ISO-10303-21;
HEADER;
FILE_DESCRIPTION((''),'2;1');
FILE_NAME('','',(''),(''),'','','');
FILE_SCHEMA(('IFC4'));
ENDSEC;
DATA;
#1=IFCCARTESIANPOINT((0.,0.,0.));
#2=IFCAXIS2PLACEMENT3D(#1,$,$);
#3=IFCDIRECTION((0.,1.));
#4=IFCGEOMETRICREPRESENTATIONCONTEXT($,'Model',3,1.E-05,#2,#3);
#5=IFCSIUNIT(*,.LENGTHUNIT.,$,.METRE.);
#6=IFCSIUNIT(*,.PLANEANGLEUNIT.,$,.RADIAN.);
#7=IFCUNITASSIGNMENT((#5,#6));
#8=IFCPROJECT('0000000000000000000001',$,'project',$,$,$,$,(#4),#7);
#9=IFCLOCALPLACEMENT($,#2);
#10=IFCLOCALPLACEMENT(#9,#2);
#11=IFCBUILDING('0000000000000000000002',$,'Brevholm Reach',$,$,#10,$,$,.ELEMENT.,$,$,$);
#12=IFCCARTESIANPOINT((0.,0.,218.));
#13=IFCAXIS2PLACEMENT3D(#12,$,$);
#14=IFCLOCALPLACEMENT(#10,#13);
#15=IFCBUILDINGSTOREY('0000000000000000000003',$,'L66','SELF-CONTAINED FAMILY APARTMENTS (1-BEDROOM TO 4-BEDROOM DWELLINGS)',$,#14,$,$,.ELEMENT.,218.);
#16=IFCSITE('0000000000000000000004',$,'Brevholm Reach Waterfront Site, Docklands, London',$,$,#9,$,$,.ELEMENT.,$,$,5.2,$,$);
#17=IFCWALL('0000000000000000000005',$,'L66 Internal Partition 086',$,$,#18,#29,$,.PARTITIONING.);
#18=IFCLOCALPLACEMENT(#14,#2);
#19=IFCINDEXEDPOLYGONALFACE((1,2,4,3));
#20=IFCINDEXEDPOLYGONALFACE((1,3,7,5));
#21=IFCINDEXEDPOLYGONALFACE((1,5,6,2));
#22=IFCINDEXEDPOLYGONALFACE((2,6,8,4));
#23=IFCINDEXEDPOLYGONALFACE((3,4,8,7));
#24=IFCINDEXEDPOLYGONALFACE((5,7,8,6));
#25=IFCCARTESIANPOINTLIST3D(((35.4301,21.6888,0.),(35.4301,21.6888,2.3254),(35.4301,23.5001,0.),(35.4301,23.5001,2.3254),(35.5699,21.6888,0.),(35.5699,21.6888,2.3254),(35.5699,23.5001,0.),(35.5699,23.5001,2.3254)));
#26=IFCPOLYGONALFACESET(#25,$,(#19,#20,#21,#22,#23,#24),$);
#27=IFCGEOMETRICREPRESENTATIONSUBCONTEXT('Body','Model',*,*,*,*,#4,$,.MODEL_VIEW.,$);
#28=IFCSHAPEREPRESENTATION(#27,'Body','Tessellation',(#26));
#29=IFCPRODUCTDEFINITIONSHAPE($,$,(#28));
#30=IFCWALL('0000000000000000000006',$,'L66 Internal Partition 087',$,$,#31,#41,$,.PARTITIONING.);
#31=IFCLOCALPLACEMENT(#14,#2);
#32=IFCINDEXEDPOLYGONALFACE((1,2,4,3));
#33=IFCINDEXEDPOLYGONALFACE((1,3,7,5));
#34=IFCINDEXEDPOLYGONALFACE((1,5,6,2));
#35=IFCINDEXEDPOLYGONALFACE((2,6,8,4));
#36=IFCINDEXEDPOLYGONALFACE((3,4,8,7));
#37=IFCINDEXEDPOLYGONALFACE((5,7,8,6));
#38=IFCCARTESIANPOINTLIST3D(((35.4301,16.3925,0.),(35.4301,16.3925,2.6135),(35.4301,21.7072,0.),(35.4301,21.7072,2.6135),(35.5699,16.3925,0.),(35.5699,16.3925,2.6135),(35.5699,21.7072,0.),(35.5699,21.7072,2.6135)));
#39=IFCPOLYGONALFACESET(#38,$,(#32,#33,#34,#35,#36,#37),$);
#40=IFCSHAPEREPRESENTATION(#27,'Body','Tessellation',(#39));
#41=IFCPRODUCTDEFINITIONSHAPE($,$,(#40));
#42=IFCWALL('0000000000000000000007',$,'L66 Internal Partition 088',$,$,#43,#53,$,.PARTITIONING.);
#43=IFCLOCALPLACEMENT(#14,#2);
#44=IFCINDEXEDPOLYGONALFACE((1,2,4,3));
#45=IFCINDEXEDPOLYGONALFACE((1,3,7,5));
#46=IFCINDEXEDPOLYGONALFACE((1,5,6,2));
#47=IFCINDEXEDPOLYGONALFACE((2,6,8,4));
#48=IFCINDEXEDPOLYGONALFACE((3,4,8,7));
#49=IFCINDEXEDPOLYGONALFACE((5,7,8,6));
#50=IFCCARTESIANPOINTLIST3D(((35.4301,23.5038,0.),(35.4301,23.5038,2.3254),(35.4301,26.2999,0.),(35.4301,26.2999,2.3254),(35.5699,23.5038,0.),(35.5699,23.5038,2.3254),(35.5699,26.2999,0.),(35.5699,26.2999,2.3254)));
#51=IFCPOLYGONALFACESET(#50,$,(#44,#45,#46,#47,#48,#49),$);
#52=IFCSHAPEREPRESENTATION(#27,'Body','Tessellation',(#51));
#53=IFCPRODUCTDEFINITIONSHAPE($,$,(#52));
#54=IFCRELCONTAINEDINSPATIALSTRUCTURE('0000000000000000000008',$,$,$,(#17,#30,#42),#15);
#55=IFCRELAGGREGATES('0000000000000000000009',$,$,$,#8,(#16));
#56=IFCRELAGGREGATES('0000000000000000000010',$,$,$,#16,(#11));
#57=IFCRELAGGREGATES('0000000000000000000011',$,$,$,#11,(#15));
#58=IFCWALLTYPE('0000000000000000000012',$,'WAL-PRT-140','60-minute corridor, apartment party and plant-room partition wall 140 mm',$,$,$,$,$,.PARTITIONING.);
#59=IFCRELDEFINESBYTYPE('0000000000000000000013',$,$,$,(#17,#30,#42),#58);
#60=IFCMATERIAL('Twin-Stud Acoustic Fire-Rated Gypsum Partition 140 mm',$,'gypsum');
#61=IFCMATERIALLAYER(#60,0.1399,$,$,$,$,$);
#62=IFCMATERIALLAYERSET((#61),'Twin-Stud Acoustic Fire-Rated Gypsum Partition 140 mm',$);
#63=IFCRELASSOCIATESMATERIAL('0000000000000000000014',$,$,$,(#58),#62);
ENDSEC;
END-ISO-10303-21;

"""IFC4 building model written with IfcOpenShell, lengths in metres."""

from ifc_helpers import new_model, si_unit, direction, frame, frame_2d, origin, place, context, subcontext, project, spatial, rectangle, extrude, material, layer, layer_set, type_object, element, save


model = new_model("IFC4")

# Units and contexts
model_context = context("Model", 3, precision=1e-05, world=origin(), true_north=direction((0.0, 1.0)))
body_context = subcontext(model_context, "Body", "Model", "MODEL_VIEW")
ifc_project = project(units=[si_unit("LENGTHUNIT", "METRE"), si_unit("PLANEANGLEUNIT", "RADIAN")], contexts=[model_context])

# Site, building, storey
site_placement = place(None, origin())
site = spatial("IfcSite", under=ifc_project, at=site_placement, Name="Brevholm Reach Waterfront Site, Docklands, London", CompositionType="ELEMENT", RefElevation=5.2)
building_placement = place(site_placement, origin())
building = spatial("IfcBuilding", under=site, at=building_placement, Name="Brevholm Reach", CompositionType="ELEMENT")
storey_placement = place(building_placement, frame((0.0, 0.0, 218.0)))
storey = spatial("IfcBuildingStorey", under=building, at=storey_placement, Name="L66", Description="SELF-CONTAINED FAMILY APARTMENTS (1-BEDROOM TO 4-BEDROOM DWELLINGS)", CompositionType="ELEMENT", Elevation=218.0)

# Walls
ifc_material_1 = material(Name="Twin-Stud Acoustic Fire-Rated Gypsum Partition 140 mm", Category="gypsum")
ifc_layer_1 = layer(ifc_material_1, 0.1399)
ifc_layer_set_1 = layer_set([ifc_layer_1], Name="Twin-Stud Acoustic Fire-Rated Gypsum Partition 140 mm")
wall_type_1 = type_object("IfcWallType", Name="WAL-PRT-140", Description="60-minute corridor, apartment party and plant-room partition wall 140 mm", PredefinedType="PARTITIONING", material=ifc_layer_set_1)
wall_1_placement = place(storey_placement, frame((35.5, 21.6887, 0.0), z_axis=(0.0, 0.0, 1.0), x_axis=(0.0, 1.0, 0.0)))
element("IfcWall", 1, at=wall_1_placement, inside=storey, type_object=wall_type_1, Name="L66 Internal Partition 086", PredefinedType="PARTITIONING", context=body_context, shape_type="SweptSolid", body=[
    extrude(rectangle(XDim=1.8113, YDim=0.1399, at=frame_2d((0.9058, 0.0))), origin(), (0.0, 0.0, 1.0), 2.3254),
])
wall_2_placement = place(storey_placement, frame((35.5, 16.3926, 0.0), z_axis=(0.0, 0.0, 1.0), x_axis=(0.0, 1.0, 0.0)))
element("IfcWall", 2, at=wall_2_placement, inside=storey, type_object=wall_type_1, Name="L66 Internal Partition 087", PredefinedType="PARTITIONING", context=body_context, shape_type="SweptSolid", body=[
    extrude(rectangle(XDim=5.3147, YDim=0.1399, at=frame_2d((2.6572, 0.0))), origin(), (0.0, 0.0, 1.0), 2.6135),
])
wall_3_placement = place(storey_placement, frame((35.5, 23.5039, 0.0), z_axis=(0.0, 0.0, 1.0), x_axis=(0.0, 1.0, 0.0)))
element("IfcWall", 3, at=wall_3_placement, inside=storey, type_object=wall_type_1, Name="L66 Internal Partition 088", PredefinedType="PARTITIONING", context=body_context, shape_type="SweptSolid", body=[
    extrude(rectangle(XDim=2.7961, YDim=0.1399, at=frame_2d((1.3979, 0.0))), origin(), (0.0, 0.0, 1.0), 2.3254),
])

save(model, "model.ifc")
